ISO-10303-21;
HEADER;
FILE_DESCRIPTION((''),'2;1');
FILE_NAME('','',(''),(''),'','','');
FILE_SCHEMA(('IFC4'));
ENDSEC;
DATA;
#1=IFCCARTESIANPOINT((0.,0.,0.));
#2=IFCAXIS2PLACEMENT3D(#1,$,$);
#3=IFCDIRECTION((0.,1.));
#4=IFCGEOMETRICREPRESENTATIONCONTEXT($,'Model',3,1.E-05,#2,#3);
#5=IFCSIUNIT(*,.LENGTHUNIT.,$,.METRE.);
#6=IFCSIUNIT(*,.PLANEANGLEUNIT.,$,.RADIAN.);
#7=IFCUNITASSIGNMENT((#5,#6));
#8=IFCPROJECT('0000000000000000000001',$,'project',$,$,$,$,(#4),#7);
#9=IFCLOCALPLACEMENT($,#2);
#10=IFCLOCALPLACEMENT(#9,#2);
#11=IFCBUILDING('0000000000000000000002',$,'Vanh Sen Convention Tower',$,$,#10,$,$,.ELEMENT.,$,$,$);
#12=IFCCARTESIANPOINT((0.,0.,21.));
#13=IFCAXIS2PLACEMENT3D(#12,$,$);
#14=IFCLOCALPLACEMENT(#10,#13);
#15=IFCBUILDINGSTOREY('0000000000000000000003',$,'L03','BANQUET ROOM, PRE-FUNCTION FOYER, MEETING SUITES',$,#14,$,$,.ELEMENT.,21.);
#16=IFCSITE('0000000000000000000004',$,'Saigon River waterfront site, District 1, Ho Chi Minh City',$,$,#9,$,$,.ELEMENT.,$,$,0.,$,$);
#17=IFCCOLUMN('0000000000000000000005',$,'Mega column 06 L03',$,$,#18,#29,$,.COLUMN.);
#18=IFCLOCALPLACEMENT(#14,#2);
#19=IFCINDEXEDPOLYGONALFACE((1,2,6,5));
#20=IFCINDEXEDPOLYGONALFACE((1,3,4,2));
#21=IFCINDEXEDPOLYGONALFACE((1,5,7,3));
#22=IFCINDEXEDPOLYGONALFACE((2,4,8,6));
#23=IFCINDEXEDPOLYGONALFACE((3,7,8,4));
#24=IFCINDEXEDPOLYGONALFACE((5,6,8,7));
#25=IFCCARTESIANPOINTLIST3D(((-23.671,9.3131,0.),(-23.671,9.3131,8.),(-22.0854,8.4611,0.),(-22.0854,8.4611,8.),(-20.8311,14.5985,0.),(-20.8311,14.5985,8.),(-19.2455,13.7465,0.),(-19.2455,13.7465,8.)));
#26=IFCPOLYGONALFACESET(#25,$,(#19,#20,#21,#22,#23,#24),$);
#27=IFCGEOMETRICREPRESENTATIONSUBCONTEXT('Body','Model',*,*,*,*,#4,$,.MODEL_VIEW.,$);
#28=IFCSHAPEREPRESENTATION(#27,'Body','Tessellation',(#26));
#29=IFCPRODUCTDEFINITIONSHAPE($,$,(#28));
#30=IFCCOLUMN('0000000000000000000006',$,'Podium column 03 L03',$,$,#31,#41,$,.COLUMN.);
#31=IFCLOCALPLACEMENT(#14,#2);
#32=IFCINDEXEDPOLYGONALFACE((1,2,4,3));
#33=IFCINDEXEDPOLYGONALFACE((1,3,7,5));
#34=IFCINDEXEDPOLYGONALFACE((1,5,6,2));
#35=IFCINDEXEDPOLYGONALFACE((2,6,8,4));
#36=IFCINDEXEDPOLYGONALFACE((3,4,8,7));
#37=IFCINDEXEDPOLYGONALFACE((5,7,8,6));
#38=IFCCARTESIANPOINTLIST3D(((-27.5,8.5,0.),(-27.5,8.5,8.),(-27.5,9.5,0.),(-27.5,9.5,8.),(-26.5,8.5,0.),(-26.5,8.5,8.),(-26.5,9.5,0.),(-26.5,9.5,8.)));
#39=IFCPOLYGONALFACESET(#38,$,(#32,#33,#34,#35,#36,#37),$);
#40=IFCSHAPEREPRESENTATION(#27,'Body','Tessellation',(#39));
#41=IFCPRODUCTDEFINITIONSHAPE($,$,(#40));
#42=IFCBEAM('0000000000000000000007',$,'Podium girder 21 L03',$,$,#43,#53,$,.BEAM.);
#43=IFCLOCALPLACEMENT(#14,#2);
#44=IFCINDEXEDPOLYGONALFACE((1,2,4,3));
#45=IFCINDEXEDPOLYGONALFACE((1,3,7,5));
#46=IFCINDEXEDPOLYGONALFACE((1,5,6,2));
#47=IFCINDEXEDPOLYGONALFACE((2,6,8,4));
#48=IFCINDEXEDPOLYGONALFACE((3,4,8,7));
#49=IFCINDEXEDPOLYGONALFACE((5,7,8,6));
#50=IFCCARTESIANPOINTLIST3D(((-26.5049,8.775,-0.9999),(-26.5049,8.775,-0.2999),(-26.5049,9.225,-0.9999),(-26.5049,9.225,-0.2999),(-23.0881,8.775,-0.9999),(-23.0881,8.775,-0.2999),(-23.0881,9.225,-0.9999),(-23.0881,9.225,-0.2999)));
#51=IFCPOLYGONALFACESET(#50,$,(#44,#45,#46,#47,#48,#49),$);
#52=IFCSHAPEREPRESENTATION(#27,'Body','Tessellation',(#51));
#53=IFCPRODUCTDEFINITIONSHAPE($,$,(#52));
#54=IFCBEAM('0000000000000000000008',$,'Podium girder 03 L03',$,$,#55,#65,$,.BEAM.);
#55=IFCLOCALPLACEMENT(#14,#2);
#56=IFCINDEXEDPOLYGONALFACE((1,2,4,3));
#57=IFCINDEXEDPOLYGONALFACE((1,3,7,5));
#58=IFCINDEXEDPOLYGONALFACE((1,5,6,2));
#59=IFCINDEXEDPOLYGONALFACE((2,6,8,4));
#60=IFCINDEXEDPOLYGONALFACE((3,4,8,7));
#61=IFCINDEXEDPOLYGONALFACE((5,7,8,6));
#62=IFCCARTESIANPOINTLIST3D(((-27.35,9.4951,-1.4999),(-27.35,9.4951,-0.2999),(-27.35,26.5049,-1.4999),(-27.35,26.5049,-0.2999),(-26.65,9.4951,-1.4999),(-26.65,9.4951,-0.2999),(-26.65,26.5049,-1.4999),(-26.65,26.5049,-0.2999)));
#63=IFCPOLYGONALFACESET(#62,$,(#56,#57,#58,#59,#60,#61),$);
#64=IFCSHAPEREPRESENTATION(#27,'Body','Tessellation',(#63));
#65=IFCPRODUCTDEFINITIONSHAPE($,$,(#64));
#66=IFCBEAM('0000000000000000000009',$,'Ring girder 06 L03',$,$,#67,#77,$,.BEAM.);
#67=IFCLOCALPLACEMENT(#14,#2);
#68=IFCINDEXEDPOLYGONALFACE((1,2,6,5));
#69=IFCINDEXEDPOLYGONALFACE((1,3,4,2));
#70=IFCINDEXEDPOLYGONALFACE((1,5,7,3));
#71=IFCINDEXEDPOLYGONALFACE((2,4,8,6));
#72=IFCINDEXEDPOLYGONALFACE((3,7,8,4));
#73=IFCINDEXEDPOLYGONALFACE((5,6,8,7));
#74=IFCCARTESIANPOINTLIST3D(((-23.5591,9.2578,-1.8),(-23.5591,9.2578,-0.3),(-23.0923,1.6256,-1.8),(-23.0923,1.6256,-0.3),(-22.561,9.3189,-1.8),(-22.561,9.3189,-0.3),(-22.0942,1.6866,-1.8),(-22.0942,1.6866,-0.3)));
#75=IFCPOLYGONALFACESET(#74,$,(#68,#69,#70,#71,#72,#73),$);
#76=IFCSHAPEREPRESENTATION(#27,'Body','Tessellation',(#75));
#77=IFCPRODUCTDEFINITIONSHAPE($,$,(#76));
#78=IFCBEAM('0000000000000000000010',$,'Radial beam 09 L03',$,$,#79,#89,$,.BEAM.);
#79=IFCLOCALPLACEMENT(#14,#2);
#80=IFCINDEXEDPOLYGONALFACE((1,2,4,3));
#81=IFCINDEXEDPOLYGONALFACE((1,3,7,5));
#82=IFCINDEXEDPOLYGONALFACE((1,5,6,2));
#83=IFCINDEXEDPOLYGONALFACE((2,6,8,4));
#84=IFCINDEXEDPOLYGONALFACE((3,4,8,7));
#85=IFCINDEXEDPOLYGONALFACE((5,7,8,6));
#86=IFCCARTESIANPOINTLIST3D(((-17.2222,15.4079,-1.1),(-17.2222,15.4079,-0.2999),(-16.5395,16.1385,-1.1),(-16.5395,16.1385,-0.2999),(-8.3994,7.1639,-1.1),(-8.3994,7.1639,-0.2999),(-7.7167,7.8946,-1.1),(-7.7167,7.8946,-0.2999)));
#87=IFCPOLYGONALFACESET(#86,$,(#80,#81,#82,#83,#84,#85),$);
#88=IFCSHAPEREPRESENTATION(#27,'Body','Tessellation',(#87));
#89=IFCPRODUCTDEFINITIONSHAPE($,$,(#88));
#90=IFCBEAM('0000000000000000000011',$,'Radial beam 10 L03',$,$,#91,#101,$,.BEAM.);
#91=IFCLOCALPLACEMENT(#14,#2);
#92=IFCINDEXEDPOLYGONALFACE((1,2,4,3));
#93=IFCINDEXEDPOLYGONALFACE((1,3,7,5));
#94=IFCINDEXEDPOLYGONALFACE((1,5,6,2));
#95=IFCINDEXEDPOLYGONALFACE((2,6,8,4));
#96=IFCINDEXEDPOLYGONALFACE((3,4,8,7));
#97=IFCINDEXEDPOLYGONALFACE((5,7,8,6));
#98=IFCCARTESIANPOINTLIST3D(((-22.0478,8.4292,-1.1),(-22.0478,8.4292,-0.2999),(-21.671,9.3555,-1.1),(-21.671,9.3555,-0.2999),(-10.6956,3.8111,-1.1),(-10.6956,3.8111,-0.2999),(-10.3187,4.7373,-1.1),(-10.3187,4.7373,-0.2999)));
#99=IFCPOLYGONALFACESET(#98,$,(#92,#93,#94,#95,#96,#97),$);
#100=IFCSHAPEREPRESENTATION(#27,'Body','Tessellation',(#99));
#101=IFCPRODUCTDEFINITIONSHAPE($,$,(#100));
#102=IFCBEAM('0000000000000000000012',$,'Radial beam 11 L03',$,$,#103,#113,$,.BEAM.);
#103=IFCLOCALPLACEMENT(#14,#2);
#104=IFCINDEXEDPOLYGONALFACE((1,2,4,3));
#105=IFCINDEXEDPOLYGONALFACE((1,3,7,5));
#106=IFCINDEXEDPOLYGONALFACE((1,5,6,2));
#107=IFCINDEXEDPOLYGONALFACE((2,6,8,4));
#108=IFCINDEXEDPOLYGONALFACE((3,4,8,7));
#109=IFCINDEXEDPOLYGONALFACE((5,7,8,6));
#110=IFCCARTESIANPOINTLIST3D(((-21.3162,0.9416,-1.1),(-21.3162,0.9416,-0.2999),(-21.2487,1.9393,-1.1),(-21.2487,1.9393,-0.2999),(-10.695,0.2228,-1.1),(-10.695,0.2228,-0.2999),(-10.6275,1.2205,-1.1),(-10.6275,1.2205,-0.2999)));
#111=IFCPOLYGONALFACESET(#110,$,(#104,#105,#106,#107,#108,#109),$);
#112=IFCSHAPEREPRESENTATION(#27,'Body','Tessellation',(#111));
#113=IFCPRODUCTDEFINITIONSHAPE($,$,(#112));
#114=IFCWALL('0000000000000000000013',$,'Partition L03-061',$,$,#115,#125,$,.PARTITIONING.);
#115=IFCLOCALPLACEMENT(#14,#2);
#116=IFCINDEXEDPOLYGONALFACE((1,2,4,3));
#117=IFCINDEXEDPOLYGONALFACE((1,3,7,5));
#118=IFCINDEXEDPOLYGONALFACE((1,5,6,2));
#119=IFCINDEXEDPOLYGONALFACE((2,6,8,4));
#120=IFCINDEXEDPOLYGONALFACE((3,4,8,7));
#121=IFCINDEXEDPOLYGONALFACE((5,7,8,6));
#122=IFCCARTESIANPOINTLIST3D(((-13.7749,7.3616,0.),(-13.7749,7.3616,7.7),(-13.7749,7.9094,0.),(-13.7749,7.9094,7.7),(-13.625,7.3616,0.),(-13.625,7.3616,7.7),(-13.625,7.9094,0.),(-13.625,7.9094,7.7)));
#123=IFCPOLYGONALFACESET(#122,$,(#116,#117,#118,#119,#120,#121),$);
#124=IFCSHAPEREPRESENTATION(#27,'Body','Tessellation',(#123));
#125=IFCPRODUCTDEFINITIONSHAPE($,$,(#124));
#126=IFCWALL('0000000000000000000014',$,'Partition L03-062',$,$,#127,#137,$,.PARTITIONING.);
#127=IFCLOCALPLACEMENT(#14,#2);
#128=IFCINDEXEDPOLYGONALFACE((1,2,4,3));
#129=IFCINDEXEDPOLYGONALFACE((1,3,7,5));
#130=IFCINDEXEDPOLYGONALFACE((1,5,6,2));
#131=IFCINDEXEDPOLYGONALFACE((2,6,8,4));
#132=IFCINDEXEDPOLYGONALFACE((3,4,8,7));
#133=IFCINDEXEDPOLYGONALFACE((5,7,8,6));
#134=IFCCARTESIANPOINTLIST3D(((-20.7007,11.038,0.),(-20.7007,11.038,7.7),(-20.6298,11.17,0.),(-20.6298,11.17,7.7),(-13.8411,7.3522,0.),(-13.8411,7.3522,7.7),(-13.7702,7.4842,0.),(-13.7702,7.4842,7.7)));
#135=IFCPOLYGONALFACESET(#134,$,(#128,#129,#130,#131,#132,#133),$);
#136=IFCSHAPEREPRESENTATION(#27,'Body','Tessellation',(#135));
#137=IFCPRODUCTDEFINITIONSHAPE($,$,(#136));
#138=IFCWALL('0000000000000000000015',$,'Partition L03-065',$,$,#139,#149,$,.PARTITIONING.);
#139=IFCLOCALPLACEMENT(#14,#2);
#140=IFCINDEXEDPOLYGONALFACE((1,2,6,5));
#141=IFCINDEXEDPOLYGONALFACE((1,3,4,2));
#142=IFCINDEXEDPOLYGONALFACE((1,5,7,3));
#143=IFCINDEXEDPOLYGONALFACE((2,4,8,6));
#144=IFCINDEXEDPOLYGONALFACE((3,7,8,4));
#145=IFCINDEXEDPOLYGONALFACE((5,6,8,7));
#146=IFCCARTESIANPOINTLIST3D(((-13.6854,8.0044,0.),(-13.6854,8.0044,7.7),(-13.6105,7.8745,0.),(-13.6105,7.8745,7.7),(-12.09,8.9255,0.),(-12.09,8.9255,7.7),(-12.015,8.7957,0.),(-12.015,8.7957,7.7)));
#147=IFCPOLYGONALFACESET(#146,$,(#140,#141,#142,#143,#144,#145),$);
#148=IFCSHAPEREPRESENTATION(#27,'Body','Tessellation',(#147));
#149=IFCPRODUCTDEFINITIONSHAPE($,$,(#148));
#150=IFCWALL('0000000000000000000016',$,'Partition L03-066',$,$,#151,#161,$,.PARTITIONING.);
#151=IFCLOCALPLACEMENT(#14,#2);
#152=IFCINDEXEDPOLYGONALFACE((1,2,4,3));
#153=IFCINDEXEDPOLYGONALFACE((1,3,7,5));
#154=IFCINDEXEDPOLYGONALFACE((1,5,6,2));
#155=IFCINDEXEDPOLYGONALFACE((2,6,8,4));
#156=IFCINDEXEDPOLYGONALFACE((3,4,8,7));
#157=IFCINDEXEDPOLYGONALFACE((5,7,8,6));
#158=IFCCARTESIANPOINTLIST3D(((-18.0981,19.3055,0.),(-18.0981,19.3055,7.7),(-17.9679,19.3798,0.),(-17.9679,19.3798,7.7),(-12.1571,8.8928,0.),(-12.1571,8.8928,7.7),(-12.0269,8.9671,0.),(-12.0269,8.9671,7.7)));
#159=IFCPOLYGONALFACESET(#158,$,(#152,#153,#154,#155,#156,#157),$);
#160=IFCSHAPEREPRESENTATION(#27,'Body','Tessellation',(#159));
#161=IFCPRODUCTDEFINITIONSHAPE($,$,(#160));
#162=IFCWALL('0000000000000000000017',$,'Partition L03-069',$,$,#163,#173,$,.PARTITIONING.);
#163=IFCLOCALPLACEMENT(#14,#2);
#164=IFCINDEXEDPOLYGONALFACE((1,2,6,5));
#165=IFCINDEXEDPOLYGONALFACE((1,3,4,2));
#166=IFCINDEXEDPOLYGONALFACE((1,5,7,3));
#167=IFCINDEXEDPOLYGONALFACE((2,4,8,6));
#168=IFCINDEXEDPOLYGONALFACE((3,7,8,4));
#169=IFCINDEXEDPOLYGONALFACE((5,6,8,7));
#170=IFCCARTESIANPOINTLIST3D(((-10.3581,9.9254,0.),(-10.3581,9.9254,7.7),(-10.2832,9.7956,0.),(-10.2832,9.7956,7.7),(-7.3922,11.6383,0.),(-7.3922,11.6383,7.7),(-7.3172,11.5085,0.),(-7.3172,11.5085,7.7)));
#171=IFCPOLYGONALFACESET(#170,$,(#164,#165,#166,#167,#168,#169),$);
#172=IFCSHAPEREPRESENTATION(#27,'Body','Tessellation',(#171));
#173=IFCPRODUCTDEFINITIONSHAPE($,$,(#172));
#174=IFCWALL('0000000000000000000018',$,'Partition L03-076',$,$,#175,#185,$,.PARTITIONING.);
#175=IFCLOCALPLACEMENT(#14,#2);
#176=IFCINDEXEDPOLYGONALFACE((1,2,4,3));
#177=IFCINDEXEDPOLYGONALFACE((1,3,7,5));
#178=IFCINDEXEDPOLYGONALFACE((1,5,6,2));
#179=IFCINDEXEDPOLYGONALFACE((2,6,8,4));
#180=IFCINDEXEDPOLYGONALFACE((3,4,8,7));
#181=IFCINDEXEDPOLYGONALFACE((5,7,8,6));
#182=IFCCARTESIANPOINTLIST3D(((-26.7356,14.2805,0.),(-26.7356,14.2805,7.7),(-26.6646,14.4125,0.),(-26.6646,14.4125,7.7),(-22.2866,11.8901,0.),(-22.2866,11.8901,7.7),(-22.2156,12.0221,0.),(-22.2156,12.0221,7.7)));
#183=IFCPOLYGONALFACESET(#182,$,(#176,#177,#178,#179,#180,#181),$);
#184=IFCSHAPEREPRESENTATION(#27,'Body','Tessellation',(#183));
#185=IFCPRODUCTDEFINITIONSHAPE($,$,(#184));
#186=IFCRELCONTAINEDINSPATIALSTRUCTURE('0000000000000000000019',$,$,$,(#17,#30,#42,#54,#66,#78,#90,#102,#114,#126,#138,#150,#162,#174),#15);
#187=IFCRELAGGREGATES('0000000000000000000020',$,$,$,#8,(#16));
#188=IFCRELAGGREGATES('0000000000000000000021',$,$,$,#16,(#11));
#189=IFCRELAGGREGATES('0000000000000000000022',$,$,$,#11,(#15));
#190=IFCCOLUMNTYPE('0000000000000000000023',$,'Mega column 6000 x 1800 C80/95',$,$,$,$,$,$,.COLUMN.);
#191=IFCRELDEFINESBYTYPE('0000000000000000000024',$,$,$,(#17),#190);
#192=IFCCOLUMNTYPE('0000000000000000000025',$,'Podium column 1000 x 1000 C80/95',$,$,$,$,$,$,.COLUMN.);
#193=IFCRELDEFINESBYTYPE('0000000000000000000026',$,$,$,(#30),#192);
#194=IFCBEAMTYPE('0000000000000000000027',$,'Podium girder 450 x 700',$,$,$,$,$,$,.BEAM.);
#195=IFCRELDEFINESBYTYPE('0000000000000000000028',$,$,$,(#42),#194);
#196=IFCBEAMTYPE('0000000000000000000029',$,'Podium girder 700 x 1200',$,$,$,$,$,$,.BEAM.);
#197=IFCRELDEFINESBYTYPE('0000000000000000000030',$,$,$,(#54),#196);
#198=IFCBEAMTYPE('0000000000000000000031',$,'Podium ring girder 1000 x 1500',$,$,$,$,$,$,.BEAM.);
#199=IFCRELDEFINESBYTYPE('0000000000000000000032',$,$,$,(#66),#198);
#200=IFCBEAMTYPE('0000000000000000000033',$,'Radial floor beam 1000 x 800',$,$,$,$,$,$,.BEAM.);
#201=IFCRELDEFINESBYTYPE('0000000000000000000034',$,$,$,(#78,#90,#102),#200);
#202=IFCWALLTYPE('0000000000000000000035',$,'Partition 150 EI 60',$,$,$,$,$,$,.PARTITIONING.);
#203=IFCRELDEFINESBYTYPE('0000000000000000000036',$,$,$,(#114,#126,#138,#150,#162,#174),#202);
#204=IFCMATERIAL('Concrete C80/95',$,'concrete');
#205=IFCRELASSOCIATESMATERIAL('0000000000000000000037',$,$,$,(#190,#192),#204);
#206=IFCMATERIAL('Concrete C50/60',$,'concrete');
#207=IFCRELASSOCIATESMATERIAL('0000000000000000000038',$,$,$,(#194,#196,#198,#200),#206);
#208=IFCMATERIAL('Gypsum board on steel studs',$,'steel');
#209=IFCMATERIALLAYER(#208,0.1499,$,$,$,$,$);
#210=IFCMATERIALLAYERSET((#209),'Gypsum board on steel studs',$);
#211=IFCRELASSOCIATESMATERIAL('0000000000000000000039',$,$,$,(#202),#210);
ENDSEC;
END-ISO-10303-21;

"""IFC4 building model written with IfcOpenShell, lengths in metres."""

from ifc_helpers import new_model, si_unit, direction, frame, frame_2d, origin, origin_2d, place, context, subcontext, project, spatial, rectangle, extrude, material, layer, layer_set, material_profile, profile_set, type_object, element, save


model = new_model("IFC4")

# Units and contexts
model_context = context("Model", 3, precision=1e-05, world=origin(), true_north=direction((0.0, 1.0)))
body_context = subcontext(model_context, "Body", "Model", "MODEL_VIEW")
ifc_project = project(units=[si_unit("LENGTHUNIT", "METRE"), si_unit("PLANEANGLEUNIT", "RADIAN")], contexts=[model_context])

# Site, building, storey
site_placement = place(None, origin())
site = spatial("IfcSite", under=ifc_project, at=site_placement, Name="Saigon River waterfront site, District 1, Ho Chi Minh City", CompositionType="ELEMENT", RefElevation=0.0)
building_placement = place(site_placement, origin())
building = spatial("IfcBuilding", under=site, at=building_placement, Name="Vanh Sen Convention Tower", CompositionType="ELEMENT")
storey_placement = place(building_placement, frame((0.0, 0.0, 21.0)))
storey = spatial("IfcBuildingStorey", under=building, at=storey_placement, Name="L03", Description="BANQUET ROOM, PRE-FUNCTION FOYER, MEETING SUITES", CompositionType="ELEMENT", Elevation=21.0)

# Columns
ifc_material_1 = material(Name="Concrete C80/95", Category="concrete")
ifc_material_profile_1 = material_profile(ifc_material_1, rectangle(XDim=6.0, YDim=1.8, at=origin_2d()), Name="RC 6000X1800")
ifc_profile_set_1 = profile_set([ifc_material_profile_1], Name="Concrete C80/95")
column_type_1 = type_object("IfcColumnType", Name="Mega column 6000 x 1800 C80/95", PredefinedType="COLUMN", material=ifc_profile_set_1)
column_1_placement = place(storey_placement, frame((-21.4583, 11.5298, 0.0), z_axis=(0.0, 0.0, 1.0), x_axis=(-0.473317, -0.880892, 0.0)))
element("IfcColumn", 1, at=column_1_placement, inside=storey, type_object=column_type_1, Name="Mega column 06 L03", PredefinedType="COLUMN", context=body_context, shape_type="SweptSolid", body=[
    extrude(rectangle(XDim=6.0, YDim=1.8, at=origin_2d()), origin(), (0.0, 0.0, 1.0), 8.0),
])
ifc_material_profile_2 = material_profile(ifc_material_1, rectangle(XDim=1.0, YDim=1.0, at=origin_2d()), Name="RC 1000X1000")
ifc_profile_set_2 = profile_set([ifc_material_profile_2], Name="Concrete C80/95")
column_type_2 = type_object("IfcColumnType", Name="Podium column 1000 x 1000 C80/95", PredefinedType="COLUMN", material=ifc_profile_set_2)
column_2_placement = place(storey_placement, frame((-27.0, 9.0, 0.0), z_axis=(0.0, 0.0, 1.0), x_axis=(1.0, 0.0, 0.0)))
element("IfcColumn", 2, at=column_2_placement, inside=storey, type_object=column_type_2, Name="Podium column 03 L03", PredefinedType="COLUMN", context=body_context, shape_type="SweptSolid", body=[
    extrude(rectangle(XDim=1.0, YDim=1.0, at=origin_2d()), origin(), (0.0, 0.0, 1.0), 8.0),
])

# Beams
ifc_material_2 = material(Name="Concrete C50/60", Category="concrete")
ifc_material_profile_3 = material_profile(ifc_material_2, rectangle(XDim=0.45, YDim=0.7, at=origin_2d()), Name="RC 450X700")
ifc_profile_set_3 = profile_set([ifc_material_profile_3], Name="Concrete C50/60")
beam_type_1 = type_object("IfcBeamType", Name="Podium girder 450 x 700", PredefinedType="BEAM", material=ifc_profile_set_3)
beam_1_placement = place(storey_placement, frame((-26.5049, 9.0, -0.6499), z_axis=(1.0, 0.0, 0.0), x_axis=(0.0, 1.0, 0.0)))
element("IfcBeam", 3, at=beam_1_placement, inside=storey, type_object=beam_type_1, Name="Podium girder 21 L03", PredefinedType="BEAM", context=body_context, shape_type="SweptSolid", body=[
    extrude(rectangle(XDim=0.45, YDim=0.7, at=origin_2d()), origin(), (0.0, 0.0, 1.0), 3.4167),
])
ifc_material_profile_4 = material_profile(ifc_material_2, rectangle(XDim=0.7, YDim=1.2, at=origin_2d()), Name="RC 700X1200")
ifc_profile_set_4 = profile_set([ifc_material_profile_4], Name="Concrete C50/60")
beam_type_2 = type_object("IfcBeamType", Name="Podium girder 700 x 1200", PredefinedType="BEAM", material=ifc_profile_set_4)
beam_2_placement = place(storey_placement, frame((-27.0, 9.4951, -0.8999), z_axis=(0.0, 1.0, 0.0), x_axis=(-1.0, 0.0, 0.0)))
element("IfcBeam", 4, at=beam_2_placement, inside=storey, type_object=beam_type_2, Name="Podium girder 03 L03", PredefinedType="BEAM", context=body_context, shape_type="SweptSolid", body=[
    extrude(rectangle(XDim=0.7, YDim=1.2, at=origin_2d()), origin(), (0.0, 0.0, 1.0), 17.0098),
])
ifc_material_profile_5 = material_profile(ifc_material_2, rectangle(XDim=1.0, YDim=1.5, at=origin_2d()), Name="RC 1000X1500")
ifc_profile_set_5 = profile_set([ifc_material_profile_5], Name="Concrete C50/60")
beam_type_3 = type_object("IfcBeamType", Name="Podium ring girder 1000 x 1500", PredefinedType="BEAM", material=ifc_profile_set_5)
beam_3_placement = place(storey_placement, frame((-23.0601, 9.2883, -1.05), z_axis=(0.061046, -0.998135, 0.0), x_axis=(0.998135, 0.061046, 0.0)))
element("IfcBeam", 5, at=beam_3_placement, inside=storey, type_object=beam_type_3, Name="Ring girder 06 L03", PredefinedType="BEAM", context=body_context, shape_type="SweptSolid", body=[
    extrude(rectangle(XDim=1.0, YDim=1.5, at=origin_2d()), origin(), (0.0, 0.0, 1.0), 7.6465),
])
ifc_material_profile_6 = material_profile(ifc_material_2, rectangle(XDim=1.0, YDim=0.8, at=origin_2d()), Name="RC 1000X800")
ifc_profile_set_6 = profile_set([ifc_material_profile_6], Name="Concrete C50/60")
beam_type_4 = type_object("IfcBeamType", Name="Radial floor beam 1000 x 800", PredefinedType="BEAM", material=ifc_profile_set_6)
beam_4_placement = place(storey_placement, frame((-16.8809, 15.7732, -0.7), z_axis=(0.73067, -0.682731, 0.0), x_axis=(0.682731, 0.73067, 0.0)))
element("IfcBeam", 6, at=beam_4_placement, inside=storey, type_object=beam_type_4, Name="Radial beam 09 L03", PredefinedType="BEAM", context=body_context, shape_type="SweptSolid", body=[
    extrude(rectangle(XDim=1.0, YDim=0.8, at=origin_2d()), origin(), (0.0, 0.0, 1.0), 12.075),
])
beam_5_placement = place(storey_placement, frame((-21.8594, 8.8923, -0.7), z_axis=(0.926287, -0.376818, 0.0), x_axis=(0.376818, 0.926287, 0.0)))
element("IfcBeam", 7, at=beam_5_placement, inside=storey, type_object=beam_type_4, Name="Radial beam 10 L03", PredefinedType="BEAM", context=body_context, shape_type="SweptSolid", body=[
    extrude(rectangle(XDim=1.0, YDim=0.8, at=origin_2d()), origin(), (0.0, 0.0, 1.0), 12.2556),
])
beam_6_placement = place(storey_placement, frame((-21.2825, 1.4404, -0.7), z_axis=(0.997718, -0.067516, 0.0), x_axis=(0.067516, 0.997718, 0.0)))
element("IfcBeam", 8, at=beam_6_placement, inside=storey, type_object=beam_type_4, Name="Radial beam 11 L03", PredefinedType="BEAM", context=body_context, shape_type="SweptSolid", body=[
    extrude(rectangle(XDim=1.0, YDim=0.8, at=origin_2d()), origin(), (0.0, 0.0, 1.0), 10.6455),
])

# Walls
ifc_material_3 = material(Name="Gypsum board on steel studs", Category="steel")
ifc_layer_1 = layer(ifc_material_3, 0.1499)
ifc_layer_set_1 = layer_set([ifc_layer_1], Name="Gypsum board on steel studs")
wall_type_1 = type_object("IfcWallType", Name="Partition 150 EI 60", PredefinedType="PARTITIONING", material=ifc_layer_set_1)
wall_1_placement = place(storey_placement, frame((-13.7, 7.3616, 0.0), z_axis=(0.0, 0.0, 1.0), x_axis=(0.0, 1.0, 0.0)))
element("IfcWall", 9, at=wall_1_placement, inside=storey, type_object=wall_type_1, Name="Partition L03-061", PredefinedType="PARTITIONING", context=body_context, shape_type="SweptSolid", body=[
    extrude(rectangle(XDim=0.5479, YDim=0.1499, at=frame_2d((0.2739, 0.0))), origin(), (0.0, 0.0, 1.0), 7.7),
])
wall_2_placement = place(storey_placement, frame((-13.8057, 7.4182, 0.0), z_axis=(0.0, 0.0, 1.0), x_axis=(-0.880892, 0.473318, 0.0)))
element("IfcWall", 10, at=wall_2_placement, inside=storey, type_object=wall_type_1, Name="Partition L03-062", PredefinedType="PARTITIONING", context=body_context, shape_type="SweptSolid", body=[
    extrude(rectangle(XDim=7.7871, YDim=0.1499, at=frame_2d((3.8936, 0.0))), origin(), (0.0, 0.0, 1.0), 7.7),
])
wall_3_placement = place(storey_placement, frame((-13.6479, 7.9395, 0.0), z_axis=(0.0, 0.0, 1.0), x_axis=(0.866024, 0.500002, 0.0)))
element("IfcWall", 11, at=wall_3_placement, inside=storey, type_object=wall_type_1, Name="Partition L03-065", PredefinedType="PARTITIONING", context=body_context, shape_type="SweptSolid", body=[
    extrude(rectangle(XDim=1.8423, YDim=0.1499, at=frame_2d((0.9211, 0.0))), origin(), (0.0, 0.0, 1.0), 7.7),
])
wall_4_placement = place(storey_placement, frame((-12.092, 8.9299, 0.0), z_axis=(0.0, 0.0, 1.0), x_axis=(-0.495564, 0.868571, 0.0)))
element("IfcWall", 12, at=wall_4_placement, inside=storey, type_object=wall_type_1, Name="Partition L03-066", PredefinedType="PARTITIONING", context=body_context, shape_type="SweptSolid", body=[
    extrude(rectangle(XDim=11.9883, YDim=0.1499, at=frame_2d((5.9941, 0.0))), origin(), (0.0, 0.0, 1.0), 7.7),
])
wall_5_placement = place(storey_placement, frame((-10.3206, 9.8606, 0.0), z_axis=(0.0, 0.0, 1.0), x_axis=(0.865971, 0.500095, 0.0)))
element("IfcWall", 13, at=wall_5_placement, inside=storey, type_object=wall_type_1, Name="Partition L03-069", PredefinedType="PARTITIONING", context=body_context, shape_type="SweptSolid", body=[
    extrude(rectangle(XDim=3.425, YDim=0.1499, at=frame_2d((1.7124, 0.0))), origin(), (0.0, 0.0, 1.0), 7.7),
])
wall_6_placement = place(storey_placement, frame((-22.251, 11.9561, 0.0), z_axis=(0.0, 0.0, 1.0), x_axis=(-0.880902, 0.473298, 0.0)))
element("IfcWall", 14, at=wall_6_placement, inside=storey, type_object=wall_type_1, Name="Partition L03-076", PredefinedType="PARTITIONING", context=body_context, shape_type="SweptSolid", body=[
    extrude(rectangle(XDim=5.0505, YDim=0.1499, at=frame_2d((2.5254, 0.0))), origin(), (0.0, 0.0, 1.0), 7.7),
])

save(model, "model.ifc")
